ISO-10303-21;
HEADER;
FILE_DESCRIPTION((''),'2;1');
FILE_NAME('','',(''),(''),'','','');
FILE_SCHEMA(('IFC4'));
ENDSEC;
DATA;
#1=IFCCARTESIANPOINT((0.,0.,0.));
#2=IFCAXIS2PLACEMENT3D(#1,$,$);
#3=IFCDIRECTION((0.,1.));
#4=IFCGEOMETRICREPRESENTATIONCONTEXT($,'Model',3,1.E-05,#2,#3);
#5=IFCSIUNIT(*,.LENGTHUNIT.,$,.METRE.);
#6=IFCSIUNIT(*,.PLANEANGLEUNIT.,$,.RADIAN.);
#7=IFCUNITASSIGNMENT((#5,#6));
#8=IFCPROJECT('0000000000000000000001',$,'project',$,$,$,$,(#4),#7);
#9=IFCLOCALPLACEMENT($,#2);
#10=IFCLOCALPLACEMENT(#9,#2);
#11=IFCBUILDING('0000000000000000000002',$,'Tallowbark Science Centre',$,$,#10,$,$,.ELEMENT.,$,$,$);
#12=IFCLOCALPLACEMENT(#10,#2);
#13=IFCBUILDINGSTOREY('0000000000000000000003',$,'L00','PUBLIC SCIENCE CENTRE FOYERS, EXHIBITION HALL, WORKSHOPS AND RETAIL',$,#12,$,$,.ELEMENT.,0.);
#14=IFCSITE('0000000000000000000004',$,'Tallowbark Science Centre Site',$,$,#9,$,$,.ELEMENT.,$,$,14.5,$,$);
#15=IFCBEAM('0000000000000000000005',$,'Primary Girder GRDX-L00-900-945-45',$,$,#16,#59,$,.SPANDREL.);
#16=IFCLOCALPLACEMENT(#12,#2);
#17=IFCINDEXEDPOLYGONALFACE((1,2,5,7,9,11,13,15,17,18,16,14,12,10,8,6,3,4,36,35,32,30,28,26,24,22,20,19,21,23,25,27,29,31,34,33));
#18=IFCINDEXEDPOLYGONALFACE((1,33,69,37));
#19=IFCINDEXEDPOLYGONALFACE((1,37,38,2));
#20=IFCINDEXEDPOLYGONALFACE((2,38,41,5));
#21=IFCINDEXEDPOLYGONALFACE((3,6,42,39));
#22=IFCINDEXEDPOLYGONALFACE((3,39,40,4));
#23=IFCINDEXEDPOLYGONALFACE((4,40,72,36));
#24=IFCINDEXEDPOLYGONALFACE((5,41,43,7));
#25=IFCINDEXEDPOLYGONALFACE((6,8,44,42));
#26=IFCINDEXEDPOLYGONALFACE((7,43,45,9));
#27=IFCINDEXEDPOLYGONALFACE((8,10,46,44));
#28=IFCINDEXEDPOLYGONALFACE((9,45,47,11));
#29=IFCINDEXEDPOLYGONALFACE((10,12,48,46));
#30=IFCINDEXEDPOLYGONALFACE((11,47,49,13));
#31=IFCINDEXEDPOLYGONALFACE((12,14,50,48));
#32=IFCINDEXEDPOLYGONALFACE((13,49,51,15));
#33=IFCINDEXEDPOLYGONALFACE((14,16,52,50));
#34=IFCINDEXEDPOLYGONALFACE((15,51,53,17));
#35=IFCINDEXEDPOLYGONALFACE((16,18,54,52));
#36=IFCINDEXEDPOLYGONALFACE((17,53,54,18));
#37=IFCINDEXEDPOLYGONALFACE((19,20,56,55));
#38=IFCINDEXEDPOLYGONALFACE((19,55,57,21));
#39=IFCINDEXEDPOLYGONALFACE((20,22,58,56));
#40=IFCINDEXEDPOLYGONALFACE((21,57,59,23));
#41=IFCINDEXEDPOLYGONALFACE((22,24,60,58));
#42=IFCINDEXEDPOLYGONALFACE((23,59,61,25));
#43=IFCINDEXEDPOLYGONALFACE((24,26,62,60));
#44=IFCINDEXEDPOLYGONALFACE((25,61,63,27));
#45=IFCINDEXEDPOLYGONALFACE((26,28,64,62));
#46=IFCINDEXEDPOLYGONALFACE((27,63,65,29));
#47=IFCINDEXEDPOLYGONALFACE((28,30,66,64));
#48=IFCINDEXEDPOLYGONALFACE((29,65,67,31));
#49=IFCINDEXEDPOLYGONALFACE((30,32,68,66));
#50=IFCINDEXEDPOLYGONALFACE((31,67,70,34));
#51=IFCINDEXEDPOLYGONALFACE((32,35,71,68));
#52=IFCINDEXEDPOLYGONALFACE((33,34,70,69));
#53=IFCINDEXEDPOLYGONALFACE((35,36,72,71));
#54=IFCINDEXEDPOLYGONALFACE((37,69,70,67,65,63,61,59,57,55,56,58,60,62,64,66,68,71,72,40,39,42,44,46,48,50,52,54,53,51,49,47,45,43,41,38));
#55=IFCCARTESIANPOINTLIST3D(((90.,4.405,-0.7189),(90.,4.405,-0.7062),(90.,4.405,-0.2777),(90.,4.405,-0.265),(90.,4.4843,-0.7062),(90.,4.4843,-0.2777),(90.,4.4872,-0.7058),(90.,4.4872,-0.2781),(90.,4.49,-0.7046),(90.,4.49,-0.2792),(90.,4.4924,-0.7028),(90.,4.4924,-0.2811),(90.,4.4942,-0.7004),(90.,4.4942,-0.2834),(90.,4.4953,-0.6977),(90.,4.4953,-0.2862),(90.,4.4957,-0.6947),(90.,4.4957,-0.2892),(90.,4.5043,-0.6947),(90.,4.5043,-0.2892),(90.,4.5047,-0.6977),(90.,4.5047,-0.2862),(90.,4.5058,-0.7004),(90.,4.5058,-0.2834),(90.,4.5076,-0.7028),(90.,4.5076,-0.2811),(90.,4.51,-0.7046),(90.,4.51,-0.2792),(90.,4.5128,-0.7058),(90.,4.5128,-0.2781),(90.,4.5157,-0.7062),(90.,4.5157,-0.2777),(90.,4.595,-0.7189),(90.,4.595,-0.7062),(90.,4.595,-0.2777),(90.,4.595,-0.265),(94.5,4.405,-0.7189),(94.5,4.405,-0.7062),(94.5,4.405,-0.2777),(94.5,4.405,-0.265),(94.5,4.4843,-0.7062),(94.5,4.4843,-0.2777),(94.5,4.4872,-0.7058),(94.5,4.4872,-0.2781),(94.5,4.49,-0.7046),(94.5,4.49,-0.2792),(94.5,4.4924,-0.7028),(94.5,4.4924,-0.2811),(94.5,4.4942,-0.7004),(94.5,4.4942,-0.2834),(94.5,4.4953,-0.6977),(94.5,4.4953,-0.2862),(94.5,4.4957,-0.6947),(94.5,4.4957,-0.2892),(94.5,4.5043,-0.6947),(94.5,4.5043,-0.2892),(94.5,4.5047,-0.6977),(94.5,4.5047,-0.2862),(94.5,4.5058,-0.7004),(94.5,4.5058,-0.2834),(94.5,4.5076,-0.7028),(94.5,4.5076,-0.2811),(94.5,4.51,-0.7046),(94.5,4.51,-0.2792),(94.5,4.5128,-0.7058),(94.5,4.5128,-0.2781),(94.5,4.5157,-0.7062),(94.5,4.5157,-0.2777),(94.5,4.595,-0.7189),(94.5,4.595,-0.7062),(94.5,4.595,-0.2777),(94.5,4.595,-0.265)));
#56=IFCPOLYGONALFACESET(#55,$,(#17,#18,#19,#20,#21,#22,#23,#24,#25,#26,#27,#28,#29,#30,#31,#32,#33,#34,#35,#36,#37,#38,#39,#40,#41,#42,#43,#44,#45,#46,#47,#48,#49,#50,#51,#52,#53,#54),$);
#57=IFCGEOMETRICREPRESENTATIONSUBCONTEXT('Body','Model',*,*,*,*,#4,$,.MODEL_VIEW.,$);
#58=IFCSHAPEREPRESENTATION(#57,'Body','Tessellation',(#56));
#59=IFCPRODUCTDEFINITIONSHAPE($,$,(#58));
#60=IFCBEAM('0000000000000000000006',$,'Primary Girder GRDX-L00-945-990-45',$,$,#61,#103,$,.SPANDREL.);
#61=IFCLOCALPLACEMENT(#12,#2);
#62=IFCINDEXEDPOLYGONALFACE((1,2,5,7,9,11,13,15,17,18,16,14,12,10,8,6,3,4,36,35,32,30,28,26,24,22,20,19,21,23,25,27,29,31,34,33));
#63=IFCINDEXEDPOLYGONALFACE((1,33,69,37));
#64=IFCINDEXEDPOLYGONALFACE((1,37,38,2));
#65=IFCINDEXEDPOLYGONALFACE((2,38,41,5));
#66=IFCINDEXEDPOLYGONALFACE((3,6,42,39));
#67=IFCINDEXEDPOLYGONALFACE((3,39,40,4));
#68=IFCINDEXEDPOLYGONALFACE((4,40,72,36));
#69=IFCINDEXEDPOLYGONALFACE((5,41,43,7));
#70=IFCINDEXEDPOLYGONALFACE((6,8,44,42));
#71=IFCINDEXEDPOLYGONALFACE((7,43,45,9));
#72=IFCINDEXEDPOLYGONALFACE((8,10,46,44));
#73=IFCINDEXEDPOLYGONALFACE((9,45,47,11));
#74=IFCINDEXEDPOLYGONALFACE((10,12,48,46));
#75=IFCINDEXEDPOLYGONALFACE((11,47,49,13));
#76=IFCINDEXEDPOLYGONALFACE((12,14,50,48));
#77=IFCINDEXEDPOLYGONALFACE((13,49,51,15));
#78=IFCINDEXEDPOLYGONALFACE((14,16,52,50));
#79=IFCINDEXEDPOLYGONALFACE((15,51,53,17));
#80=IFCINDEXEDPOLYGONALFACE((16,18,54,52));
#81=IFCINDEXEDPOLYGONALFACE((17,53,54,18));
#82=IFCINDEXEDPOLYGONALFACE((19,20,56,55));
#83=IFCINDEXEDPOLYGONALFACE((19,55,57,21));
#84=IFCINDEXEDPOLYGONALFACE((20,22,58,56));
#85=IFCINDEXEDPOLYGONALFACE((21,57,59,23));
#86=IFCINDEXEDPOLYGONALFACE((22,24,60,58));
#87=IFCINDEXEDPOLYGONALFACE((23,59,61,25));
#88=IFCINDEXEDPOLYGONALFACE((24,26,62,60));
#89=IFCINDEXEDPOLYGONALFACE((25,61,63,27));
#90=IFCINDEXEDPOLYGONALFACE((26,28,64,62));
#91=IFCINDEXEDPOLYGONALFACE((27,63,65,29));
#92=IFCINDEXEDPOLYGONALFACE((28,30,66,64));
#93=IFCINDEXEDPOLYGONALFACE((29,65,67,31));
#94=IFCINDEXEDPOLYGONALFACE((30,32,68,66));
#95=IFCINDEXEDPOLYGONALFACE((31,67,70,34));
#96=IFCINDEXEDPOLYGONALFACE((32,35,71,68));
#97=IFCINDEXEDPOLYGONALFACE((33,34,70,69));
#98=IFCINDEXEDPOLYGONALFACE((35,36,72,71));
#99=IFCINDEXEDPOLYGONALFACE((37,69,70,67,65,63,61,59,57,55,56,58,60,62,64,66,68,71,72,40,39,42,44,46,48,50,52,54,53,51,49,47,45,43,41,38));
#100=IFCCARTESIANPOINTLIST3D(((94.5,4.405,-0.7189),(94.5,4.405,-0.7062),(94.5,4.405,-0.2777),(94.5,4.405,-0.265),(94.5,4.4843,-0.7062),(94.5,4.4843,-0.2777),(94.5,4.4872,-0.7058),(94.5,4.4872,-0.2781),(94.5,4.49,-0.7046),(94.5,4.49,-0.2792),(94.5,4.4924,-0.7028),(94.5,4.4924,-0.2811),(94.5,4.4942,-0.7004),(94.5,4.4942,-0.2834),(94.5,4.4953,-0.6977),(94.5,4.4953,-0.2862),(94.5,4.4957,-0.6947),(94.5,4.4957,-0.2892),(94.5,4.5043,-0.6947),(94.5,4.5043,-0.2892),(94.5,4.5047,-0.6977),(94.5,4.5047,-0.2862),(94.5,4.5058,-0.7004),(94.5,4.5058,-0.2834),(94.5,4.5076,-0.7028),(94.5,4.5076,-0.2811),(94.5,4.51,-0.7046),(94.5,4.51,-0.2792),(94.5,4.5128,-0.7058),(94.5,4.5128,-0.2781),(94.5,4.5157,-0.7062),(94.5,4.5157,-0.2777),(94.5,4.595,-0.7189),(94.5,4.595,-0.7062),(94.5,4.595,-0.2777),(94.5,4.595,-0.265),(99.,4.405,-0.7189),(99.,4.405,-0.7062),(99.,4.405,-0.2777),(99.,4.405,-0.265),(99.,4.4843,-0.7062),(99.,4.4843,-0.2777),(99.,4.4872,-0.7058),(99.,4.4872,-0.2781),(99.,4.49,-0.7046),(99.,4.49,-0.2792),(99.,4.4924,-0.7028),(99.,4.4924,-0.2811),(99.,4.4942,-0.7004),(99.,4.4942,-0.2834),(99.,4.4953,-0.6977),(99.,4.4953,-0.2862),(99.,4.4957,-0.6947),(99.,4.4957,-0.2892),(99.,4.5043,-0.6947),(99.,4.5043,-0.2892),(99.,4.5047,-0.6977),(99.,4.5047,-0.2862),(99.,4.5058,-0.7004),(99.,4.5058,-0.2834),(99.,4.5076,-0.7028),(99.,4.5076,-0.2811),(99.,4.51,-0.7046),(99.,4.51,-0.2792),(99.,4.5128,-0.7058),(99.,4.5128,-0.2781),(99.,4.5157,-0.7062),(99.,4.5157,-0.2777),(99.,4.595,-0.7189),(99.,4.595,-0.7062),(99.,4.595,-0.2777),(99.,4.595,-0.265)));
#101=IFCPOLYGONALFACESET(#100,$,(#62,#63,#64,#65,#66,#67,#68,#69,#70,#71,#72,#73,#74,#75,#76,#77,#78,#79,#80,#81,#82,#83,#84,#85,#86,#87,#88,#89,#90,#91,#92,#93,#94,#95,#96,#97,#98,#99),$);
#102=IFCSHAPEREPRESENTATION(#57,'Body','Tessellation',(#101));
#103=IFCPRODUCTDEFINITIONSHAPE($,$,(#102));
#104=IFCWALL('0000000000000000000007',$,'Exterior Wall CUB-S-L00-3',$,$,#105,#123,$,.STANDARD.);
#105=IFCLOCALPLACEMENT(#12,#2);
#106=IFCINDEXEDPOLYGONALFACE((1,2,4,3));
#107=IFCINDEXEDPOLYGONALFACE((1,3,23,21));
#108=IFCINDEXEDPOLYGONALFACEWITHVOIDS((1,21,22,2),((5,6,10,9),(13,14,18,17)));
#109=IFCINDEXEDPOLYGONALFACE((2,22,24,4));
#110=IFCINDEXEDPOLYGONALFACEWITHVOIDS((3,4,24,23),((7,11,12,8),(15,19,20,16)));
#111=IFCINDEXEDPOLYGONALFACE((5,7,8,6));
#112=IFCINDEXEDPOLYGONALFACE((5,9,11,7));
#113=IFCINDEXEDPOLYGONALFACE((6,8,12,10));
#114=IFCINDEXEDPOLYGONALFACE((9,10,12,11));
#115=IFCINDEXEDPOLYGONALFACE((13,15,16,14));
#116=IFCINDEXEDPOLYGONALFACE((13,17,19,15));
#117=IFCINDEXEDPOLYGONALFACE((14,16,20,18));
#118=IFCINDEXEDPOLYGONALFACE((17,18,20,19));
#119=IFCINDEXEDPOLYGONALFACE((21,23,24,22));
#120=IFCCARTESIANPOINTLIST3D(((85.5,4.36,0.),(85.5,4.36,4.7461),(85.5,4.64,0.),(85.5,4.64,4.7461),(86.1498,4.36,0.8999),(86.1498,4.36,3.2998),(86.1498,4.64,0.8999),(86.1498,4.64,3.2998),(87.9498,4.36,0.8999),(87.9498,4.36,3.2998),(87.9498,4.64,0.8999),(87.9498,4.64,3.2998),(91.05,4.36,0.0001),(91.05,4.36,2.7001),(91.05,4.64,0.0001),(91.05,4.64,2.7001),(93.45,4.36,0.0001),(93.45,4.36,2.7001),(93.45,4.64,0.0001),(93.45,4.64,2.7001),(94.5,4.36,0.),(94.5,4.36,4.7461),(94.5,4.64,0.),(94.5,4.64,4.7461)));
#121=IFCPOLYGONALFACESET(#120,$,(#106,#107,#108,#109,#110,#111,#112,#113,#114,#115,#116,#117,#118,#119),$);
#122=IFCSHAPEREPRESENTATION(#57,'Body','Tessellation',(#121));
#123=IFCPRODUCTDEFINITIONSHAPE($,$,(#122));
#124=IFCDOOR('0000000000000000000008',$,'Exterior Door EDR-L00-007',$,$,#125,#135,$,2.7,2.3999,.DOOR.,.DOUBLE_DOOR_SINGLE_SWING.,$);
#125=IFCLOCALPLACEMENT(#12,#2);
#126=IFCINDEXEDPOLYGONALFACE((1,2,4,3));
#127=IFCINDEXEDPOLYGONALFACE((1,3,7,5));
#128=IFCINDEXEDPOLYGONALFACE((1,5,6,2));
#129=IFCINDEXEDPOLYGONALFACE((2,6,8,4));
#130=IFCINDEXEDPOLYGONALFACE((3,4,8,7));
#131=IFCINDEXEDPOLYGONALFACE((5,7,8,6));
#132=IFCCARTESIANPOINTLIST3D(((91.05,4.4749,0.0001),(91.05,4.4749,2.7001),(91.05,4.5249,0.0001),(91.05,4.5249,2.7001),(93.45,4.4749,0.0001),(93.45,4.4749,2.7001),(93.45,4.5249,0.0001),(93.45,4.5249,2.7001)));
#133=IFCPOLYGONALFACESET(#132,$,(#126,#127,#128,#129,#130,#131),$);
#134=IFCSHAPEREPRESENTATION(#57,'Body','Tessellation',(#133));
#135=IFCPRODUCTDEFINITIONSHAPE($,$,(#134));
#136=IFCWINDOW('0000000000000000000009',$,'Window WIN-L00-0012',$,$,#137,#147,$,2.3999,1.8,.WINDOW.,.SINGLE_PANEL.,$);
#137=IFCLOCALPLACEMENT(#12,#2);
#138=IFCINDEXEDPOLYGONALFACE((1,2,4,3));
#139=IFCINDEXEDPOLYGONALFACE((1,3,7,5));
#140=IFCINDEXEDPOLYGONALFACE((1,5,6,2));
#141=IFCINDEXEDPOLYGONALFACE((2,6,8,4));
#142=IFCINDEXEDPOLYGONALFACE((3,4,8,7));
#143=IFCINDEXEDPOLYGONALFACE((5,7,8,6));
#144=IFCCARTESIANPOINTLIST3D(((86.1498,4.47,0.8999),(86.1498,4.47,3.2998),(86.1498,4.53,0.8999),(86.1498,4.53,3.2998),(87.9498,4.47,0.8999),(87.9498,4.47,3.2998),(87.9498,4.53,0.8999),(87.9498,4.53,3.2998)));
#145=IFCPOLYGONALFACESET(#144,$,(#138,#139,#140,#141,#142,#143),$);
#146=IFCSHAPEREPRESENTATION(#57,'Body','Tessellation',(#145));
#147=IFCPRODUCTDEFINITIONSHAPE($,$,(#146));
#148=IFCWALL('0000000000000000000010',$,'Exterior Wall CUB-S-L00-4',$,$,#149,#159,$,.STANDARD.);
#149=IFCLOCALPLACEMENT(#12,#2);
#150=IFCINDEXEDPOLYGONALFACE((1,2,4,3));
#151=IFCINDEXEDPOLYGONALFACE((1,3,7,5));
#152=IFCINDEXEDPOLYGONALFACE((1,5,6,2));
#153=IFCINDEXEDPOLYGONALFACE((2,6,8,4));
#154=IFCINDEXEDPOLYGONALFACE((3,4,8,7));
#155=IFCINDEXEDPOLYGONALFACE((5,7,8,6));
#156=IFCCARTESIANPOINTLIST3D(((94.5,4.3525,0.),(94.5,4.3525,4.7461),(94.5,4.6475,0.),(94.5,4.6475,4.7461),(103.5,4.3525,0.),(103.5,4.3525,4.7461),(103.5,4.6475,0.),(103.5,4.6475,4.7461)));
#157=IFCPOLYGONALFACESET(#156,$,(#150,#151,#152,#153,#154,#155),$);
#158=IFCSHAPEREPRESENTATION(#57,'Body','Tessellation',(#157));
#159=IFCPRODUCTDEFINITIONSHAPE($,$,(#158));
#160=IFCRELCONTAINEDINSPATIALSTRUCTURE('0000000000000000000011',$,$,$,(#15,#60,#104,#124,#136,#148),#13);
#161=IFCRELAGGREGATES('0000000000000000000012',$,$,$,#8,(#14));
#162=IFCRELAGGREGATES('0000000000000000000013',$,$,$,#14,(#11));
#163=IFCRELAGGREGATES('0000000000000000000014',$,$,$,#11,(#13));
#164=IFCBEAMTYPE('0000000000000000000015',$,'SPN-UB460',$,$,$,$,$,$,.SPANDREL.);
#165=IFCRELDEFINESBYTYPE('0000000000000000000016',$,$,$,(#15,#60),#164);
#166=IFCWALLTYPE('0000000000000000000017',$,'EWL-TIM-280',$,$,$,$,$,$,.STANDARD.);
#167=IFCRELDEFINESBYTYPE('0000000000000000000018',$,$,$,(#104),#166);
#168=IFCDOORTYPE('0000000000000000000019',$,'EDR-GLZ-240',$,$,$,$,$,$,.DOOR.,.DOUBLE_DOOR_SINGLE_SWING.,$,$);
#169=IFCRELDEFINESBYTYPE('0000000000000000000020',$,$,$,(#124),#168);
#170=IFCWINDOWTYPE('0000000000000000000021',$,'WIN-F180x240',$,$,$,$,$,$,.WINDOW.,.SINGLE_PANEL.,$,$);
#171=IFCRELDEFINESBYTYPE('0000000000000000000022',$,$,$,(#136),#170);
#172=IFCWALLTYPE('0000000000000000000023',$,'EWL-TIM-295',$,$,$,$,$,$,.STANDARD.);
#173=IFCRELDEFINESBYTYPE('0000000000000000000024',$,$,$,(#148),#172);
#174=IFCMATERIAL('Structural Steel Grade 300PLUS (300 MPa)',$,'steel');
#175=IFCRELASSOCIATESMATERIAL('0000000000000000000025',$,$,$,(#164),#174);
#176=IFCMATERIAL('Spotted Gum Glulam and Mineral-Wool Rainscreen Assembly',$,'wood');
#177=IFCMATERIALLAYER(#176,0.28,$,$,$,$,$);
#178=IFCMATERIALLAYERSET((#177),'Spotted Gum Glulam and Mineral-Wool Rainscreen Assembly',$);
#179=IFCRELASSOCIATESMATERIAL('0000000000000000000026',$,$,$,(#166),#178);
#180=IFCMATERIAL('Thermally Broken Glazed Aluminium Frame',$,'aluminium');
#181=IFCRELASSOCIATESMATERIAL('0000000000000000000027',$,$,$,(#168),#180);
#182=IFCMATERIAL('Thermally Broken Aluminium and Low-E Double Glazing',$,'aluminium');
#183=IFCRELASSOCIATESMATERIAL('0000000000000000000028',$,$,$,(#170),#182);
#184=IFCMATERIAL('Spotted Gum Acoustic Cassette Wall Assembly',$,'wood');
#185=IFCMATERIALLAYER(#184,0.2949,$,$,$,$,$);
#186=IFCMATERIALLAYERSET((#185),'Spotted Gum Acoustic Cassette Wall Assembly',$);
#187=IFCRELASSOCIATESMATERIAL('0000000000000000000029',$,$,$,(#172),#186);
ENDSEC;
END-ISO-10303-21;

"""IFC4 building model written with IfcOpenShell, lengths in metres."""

from ifc_helpers import new_model, si_unit, direction, frame, frame_2d, origin, origin_2d, place, context, subcontext, project, spatial, rectangle, i_section, extrude, material, layer, layer_set, material_profile, profile_set, type_object, element, fill, save


model = new_model("IFC4")

# Units and contexts
model_context = context("Model", 3, precision=1e-05, world=origin(), true_north=direction((0.0, 1.0)))
body_context = subcontext(model_context, "Body", "Model", "MODEL_VIEW")
ifc_project = project(units=[si_unit("LENGTHUNIT", "METRE"), si_unit("PLANEANGLEUNIT", "RADIAN")], contexts=[model_context])

# Site, building, storey
site_placement = place(None, origin())
site = spatial("IfcSite", under=ifc_project, at=site_placement, Name="Tallowbark Science Centre Site", CompositionType="ELEMENT", RefElevation=14.5)
building_placement = place(site_placement, origin())
building = spatial("IfcBuilding", under=site, at=building_placement, Name="Tallowbark Science Centre", CompositionType="ELEMENT")
storey_placement = place(building_placement, origin())
storey = spatial("IfcBuildingStorey", under=building, at=storey_placement, Name="L00", Description="PUBLIC SCIENCE CENTRE FOYERS, EXHIBITION HALL, WORKSHOPS AND RETAIL", CompositionType="ELEMENT", Elevation=0.0)

# Shared definitions
ifc_material_1 = material(Name="Structural Steel Grade 300PLUS (300 MPa)", Category="steel")

# Beams
ifc_material_profile_1 = material_profile(ifc_material_1, i_section(OverallWidth=0.1899, OverallDepth=0.4539, WebThickness=0.0085, FlangeThickness=0.0127, FilletRadius=0.0115, at=origin_2d()), Name="460UB67.1")
ifc_profile_set_1 = profile_set([ifc_material_profile_1], Name="Structural Steel Grade 300PLUS (300 MPa)")
beam_type_1 = type_object("IfcBeamType", Name="SPN-UB460", PredefinedType="SPANDREL", material=ifc_profile_set_1)
for number, where, z_axis, x_axis, name in (
    (1, (90.0, 4.5, -0.4919), (1.0, 0.0, 0.0), (0.0, 1.0, 0.0), "Primary Girder GRDX-L00-900-945-45"),
    (2, (94.5, 4.5, -0.4919), (1.0, 0.0, 0.0), (0.0, 1.0, 0.0), "Primary Girder GRDX-L00-945-990-45"),
):
    element("IfcBeam", number, at=place(storey_placement, frame(where, z_axis=z_axis, x_axis=x_axis)), inside=storey, type_object=beam_type_1, Name=name, PredefinedType="SPANDREL", context=body_context, shape_type="SweptSolid", body=[
        extrude(i_section(OverallWidth=0.1899, OverallDepth=0.4539, WebThickness=0.0085, FlangeThickness=0.0127, FilletRadius=0.0115, at=origin_2d()), origin(), (0.0, 0.0, 1.0), 4.5),
    ])

# Wall, openings, door, window
ifc_material_2 = material(Name="Spotted Gum Glulam and Mineral-Wool Rainscreen Assembly", Category="wood")
ifc_layer_1 = layer(ifc_material_2, 0.28)
ifc_layer_set_1 = layer_set([ifc_layer_1], Name="Spotted Gum Glulam and Mineral-Wool Rainscreen Assembly")
wall_type_1 = type_object("IfcWallType", Name="EWL-TIM-280", PredefinedType="STANDARD", material=ifc_layer_set_1)
wall_1_placement = place(storey_placement, frame((85.5, 4.5, 0.0), z_axis=(0.0, 0.0, 1.0), x_axis=(1.0, 0.0, 0.0)))
wall_1 = element("IfcWall", 3, at=wall_1_placement, inside=storey, type_object=wall_type_1, Name="Exterior Wall CUB-S-L00-3", PredefinedType="STANDARD", context=body_context, shape_type="SweptSolid", body=[
    extrude(rectangle(XDim=9.0, YDim=0.28, at=frame_2d((4.5, 0.0))), origin(), (0.0, 0.0, 1.0), 4.7461),
])
opening_1_placement = place(wall_1_placement, frame((0.6499, 0.0, 0.8999)))
opening_1 = element("IfcOpeningElement", 4, at=opening_1_placement, cuts=wall_1, PredefinedType="OPENING", context=body_context, shape_type="SweptSolid", body=[
    extrude(rectangle(XDim=1.8, YDim=2.3999, at=frame_2d((0.8999, 1.2))), frame((0.0, 0.1499, 0.0), z_axis=(0.0, -1.0, 0.0), x_axis=(1.0, 0.0, 0.0)), (0.0, 0.0, 1.0), 0.3),
])
opening_2_placement = place(wall_1_placement, frame((5.55, 0.0, 0.0)))
opening_2 = element("IfcOpeningElement", 5, at=opening_2_placement, cuts=wall_1, PredefinedType="OPENING", context=body_context, shape_type="SweptSolid", body=[
    extrude(rectangle(XDim=2.3999, YDim=2.7, at=frame_2d((1.2, 1.3501))), frame((0.0, 0.1499, 0.0), z_axis=(0.0, -1.0, 0.0), x_axis=(1.0, 0.0, 0.0)), (0.0, 0.0, 1.0), 0.3),
])
ifc_material_3 = material(Name="Thermally Broken Glazed Aluminium Frame", Category="aluminium")
door_type_1 = type_object("IfcDoorType", Name="EDR-GLZ-240", OperationType="DOUBLE_DOOR_SINGLE_SWING", PredefinedType="DOOR", material=ifc_material_3)
door_1_placement = place(opening_2_placement, origin())
door_1 = element("IfcDoor", 6, at=door_1_placement, inside=storey, type_object=door_type_1, Name="Exterior Door EDR-L00-007", OperationType="DOUBLE_DOOR_SINGLE_SWING", OverallHeight=2.7, OverallWidth=2.3999, PredefinedType="DOOR", context=body_context, shape_type="SweptSolid", body=[
    extrude(rectangle(XDim=2.3999, YDim=2.7, at=frame_2d((1.2, 1.3501))), frame((0.0, 0.0249, 0.0), z_axis=(0.0, -1.0, 0.0), x_axis=(1.0, 0.0, 0.0)), (0.0, 0.0, 1.0), 0.05),
])
fill(opening_2, door_1)
ifc_material_4 = material(Name="Thermally Broken Aluminium and Low-E Double Glazing", Category="aluminium")
window_type = type_object("IfcWindowType", Name="WIN-F180x240", PartitioningType="SINGLE_PANEL", PredefinedType="WINDOW", material=ifc_material_4)
window_placement = place(opening_1_placement, origin())
window = element("IfcWindow", 7, at=window_placement, inside=storey, type_object=window_type, Name="Window WIN-L00-0012", OverallHeight=2.3999, OverallWidth=1.8, PartitioningType="SINGLE_PANEL", PredefinedType="WINDOW", context=body_context, shape_type="SweptSolid", body=[
    extrude(rectangle(XDim=1.8, YDim=2.3999, at=frame_2d((0.8999, 1.2))), frame((0.0, 0.03, 0.0), z_axis=(0.0, -1.0, 0.0), x_axis=(1.0, 0.0, 0.0)), (0.0, 0.0, 1.0), 0.0601),
])
fill(opening_1, window)

# Wall
ifc_material_5 = material(Name="Spotted Gum Acoustic Cassette Wall Assembly", Category="wood")
ifc_layer_2 = layer(ifc_material_5, 0.2949)
ifc_layer_set_2 = layer_set([ifc_layer_2], Name="Spotted Gum Acoustic Cassette Wall Assembly")
wall_type_2 = type_object("IfcWallType", Name="EWL-TIM-295", PredefinedType="STANDARD", material=ifc_layer_set_2)
wall_2_placement = place(storey_placement, frame((94.5, 4.5, 0.0), z_axis=(0.0, 0.0, 1.0), x_axis=(1.0, 0.0, 0.0)))
element("IfcWall", 8, at=wall_2_placement, inside=storey, type_object=wall_type_2, Name="Exterior Wall CUB-S-L00-4", PredefinedType="STANDARD", context=body_context, shape_type="SweptSolid", body=[
    extrude(rectangle(XDim=9.0, YDim=0.2949, at=frame_2d((4.5, 0.0))), origin(), (0.0, 0.0, 1.0), 4.7461),
])

save(model, "model.ifc")
